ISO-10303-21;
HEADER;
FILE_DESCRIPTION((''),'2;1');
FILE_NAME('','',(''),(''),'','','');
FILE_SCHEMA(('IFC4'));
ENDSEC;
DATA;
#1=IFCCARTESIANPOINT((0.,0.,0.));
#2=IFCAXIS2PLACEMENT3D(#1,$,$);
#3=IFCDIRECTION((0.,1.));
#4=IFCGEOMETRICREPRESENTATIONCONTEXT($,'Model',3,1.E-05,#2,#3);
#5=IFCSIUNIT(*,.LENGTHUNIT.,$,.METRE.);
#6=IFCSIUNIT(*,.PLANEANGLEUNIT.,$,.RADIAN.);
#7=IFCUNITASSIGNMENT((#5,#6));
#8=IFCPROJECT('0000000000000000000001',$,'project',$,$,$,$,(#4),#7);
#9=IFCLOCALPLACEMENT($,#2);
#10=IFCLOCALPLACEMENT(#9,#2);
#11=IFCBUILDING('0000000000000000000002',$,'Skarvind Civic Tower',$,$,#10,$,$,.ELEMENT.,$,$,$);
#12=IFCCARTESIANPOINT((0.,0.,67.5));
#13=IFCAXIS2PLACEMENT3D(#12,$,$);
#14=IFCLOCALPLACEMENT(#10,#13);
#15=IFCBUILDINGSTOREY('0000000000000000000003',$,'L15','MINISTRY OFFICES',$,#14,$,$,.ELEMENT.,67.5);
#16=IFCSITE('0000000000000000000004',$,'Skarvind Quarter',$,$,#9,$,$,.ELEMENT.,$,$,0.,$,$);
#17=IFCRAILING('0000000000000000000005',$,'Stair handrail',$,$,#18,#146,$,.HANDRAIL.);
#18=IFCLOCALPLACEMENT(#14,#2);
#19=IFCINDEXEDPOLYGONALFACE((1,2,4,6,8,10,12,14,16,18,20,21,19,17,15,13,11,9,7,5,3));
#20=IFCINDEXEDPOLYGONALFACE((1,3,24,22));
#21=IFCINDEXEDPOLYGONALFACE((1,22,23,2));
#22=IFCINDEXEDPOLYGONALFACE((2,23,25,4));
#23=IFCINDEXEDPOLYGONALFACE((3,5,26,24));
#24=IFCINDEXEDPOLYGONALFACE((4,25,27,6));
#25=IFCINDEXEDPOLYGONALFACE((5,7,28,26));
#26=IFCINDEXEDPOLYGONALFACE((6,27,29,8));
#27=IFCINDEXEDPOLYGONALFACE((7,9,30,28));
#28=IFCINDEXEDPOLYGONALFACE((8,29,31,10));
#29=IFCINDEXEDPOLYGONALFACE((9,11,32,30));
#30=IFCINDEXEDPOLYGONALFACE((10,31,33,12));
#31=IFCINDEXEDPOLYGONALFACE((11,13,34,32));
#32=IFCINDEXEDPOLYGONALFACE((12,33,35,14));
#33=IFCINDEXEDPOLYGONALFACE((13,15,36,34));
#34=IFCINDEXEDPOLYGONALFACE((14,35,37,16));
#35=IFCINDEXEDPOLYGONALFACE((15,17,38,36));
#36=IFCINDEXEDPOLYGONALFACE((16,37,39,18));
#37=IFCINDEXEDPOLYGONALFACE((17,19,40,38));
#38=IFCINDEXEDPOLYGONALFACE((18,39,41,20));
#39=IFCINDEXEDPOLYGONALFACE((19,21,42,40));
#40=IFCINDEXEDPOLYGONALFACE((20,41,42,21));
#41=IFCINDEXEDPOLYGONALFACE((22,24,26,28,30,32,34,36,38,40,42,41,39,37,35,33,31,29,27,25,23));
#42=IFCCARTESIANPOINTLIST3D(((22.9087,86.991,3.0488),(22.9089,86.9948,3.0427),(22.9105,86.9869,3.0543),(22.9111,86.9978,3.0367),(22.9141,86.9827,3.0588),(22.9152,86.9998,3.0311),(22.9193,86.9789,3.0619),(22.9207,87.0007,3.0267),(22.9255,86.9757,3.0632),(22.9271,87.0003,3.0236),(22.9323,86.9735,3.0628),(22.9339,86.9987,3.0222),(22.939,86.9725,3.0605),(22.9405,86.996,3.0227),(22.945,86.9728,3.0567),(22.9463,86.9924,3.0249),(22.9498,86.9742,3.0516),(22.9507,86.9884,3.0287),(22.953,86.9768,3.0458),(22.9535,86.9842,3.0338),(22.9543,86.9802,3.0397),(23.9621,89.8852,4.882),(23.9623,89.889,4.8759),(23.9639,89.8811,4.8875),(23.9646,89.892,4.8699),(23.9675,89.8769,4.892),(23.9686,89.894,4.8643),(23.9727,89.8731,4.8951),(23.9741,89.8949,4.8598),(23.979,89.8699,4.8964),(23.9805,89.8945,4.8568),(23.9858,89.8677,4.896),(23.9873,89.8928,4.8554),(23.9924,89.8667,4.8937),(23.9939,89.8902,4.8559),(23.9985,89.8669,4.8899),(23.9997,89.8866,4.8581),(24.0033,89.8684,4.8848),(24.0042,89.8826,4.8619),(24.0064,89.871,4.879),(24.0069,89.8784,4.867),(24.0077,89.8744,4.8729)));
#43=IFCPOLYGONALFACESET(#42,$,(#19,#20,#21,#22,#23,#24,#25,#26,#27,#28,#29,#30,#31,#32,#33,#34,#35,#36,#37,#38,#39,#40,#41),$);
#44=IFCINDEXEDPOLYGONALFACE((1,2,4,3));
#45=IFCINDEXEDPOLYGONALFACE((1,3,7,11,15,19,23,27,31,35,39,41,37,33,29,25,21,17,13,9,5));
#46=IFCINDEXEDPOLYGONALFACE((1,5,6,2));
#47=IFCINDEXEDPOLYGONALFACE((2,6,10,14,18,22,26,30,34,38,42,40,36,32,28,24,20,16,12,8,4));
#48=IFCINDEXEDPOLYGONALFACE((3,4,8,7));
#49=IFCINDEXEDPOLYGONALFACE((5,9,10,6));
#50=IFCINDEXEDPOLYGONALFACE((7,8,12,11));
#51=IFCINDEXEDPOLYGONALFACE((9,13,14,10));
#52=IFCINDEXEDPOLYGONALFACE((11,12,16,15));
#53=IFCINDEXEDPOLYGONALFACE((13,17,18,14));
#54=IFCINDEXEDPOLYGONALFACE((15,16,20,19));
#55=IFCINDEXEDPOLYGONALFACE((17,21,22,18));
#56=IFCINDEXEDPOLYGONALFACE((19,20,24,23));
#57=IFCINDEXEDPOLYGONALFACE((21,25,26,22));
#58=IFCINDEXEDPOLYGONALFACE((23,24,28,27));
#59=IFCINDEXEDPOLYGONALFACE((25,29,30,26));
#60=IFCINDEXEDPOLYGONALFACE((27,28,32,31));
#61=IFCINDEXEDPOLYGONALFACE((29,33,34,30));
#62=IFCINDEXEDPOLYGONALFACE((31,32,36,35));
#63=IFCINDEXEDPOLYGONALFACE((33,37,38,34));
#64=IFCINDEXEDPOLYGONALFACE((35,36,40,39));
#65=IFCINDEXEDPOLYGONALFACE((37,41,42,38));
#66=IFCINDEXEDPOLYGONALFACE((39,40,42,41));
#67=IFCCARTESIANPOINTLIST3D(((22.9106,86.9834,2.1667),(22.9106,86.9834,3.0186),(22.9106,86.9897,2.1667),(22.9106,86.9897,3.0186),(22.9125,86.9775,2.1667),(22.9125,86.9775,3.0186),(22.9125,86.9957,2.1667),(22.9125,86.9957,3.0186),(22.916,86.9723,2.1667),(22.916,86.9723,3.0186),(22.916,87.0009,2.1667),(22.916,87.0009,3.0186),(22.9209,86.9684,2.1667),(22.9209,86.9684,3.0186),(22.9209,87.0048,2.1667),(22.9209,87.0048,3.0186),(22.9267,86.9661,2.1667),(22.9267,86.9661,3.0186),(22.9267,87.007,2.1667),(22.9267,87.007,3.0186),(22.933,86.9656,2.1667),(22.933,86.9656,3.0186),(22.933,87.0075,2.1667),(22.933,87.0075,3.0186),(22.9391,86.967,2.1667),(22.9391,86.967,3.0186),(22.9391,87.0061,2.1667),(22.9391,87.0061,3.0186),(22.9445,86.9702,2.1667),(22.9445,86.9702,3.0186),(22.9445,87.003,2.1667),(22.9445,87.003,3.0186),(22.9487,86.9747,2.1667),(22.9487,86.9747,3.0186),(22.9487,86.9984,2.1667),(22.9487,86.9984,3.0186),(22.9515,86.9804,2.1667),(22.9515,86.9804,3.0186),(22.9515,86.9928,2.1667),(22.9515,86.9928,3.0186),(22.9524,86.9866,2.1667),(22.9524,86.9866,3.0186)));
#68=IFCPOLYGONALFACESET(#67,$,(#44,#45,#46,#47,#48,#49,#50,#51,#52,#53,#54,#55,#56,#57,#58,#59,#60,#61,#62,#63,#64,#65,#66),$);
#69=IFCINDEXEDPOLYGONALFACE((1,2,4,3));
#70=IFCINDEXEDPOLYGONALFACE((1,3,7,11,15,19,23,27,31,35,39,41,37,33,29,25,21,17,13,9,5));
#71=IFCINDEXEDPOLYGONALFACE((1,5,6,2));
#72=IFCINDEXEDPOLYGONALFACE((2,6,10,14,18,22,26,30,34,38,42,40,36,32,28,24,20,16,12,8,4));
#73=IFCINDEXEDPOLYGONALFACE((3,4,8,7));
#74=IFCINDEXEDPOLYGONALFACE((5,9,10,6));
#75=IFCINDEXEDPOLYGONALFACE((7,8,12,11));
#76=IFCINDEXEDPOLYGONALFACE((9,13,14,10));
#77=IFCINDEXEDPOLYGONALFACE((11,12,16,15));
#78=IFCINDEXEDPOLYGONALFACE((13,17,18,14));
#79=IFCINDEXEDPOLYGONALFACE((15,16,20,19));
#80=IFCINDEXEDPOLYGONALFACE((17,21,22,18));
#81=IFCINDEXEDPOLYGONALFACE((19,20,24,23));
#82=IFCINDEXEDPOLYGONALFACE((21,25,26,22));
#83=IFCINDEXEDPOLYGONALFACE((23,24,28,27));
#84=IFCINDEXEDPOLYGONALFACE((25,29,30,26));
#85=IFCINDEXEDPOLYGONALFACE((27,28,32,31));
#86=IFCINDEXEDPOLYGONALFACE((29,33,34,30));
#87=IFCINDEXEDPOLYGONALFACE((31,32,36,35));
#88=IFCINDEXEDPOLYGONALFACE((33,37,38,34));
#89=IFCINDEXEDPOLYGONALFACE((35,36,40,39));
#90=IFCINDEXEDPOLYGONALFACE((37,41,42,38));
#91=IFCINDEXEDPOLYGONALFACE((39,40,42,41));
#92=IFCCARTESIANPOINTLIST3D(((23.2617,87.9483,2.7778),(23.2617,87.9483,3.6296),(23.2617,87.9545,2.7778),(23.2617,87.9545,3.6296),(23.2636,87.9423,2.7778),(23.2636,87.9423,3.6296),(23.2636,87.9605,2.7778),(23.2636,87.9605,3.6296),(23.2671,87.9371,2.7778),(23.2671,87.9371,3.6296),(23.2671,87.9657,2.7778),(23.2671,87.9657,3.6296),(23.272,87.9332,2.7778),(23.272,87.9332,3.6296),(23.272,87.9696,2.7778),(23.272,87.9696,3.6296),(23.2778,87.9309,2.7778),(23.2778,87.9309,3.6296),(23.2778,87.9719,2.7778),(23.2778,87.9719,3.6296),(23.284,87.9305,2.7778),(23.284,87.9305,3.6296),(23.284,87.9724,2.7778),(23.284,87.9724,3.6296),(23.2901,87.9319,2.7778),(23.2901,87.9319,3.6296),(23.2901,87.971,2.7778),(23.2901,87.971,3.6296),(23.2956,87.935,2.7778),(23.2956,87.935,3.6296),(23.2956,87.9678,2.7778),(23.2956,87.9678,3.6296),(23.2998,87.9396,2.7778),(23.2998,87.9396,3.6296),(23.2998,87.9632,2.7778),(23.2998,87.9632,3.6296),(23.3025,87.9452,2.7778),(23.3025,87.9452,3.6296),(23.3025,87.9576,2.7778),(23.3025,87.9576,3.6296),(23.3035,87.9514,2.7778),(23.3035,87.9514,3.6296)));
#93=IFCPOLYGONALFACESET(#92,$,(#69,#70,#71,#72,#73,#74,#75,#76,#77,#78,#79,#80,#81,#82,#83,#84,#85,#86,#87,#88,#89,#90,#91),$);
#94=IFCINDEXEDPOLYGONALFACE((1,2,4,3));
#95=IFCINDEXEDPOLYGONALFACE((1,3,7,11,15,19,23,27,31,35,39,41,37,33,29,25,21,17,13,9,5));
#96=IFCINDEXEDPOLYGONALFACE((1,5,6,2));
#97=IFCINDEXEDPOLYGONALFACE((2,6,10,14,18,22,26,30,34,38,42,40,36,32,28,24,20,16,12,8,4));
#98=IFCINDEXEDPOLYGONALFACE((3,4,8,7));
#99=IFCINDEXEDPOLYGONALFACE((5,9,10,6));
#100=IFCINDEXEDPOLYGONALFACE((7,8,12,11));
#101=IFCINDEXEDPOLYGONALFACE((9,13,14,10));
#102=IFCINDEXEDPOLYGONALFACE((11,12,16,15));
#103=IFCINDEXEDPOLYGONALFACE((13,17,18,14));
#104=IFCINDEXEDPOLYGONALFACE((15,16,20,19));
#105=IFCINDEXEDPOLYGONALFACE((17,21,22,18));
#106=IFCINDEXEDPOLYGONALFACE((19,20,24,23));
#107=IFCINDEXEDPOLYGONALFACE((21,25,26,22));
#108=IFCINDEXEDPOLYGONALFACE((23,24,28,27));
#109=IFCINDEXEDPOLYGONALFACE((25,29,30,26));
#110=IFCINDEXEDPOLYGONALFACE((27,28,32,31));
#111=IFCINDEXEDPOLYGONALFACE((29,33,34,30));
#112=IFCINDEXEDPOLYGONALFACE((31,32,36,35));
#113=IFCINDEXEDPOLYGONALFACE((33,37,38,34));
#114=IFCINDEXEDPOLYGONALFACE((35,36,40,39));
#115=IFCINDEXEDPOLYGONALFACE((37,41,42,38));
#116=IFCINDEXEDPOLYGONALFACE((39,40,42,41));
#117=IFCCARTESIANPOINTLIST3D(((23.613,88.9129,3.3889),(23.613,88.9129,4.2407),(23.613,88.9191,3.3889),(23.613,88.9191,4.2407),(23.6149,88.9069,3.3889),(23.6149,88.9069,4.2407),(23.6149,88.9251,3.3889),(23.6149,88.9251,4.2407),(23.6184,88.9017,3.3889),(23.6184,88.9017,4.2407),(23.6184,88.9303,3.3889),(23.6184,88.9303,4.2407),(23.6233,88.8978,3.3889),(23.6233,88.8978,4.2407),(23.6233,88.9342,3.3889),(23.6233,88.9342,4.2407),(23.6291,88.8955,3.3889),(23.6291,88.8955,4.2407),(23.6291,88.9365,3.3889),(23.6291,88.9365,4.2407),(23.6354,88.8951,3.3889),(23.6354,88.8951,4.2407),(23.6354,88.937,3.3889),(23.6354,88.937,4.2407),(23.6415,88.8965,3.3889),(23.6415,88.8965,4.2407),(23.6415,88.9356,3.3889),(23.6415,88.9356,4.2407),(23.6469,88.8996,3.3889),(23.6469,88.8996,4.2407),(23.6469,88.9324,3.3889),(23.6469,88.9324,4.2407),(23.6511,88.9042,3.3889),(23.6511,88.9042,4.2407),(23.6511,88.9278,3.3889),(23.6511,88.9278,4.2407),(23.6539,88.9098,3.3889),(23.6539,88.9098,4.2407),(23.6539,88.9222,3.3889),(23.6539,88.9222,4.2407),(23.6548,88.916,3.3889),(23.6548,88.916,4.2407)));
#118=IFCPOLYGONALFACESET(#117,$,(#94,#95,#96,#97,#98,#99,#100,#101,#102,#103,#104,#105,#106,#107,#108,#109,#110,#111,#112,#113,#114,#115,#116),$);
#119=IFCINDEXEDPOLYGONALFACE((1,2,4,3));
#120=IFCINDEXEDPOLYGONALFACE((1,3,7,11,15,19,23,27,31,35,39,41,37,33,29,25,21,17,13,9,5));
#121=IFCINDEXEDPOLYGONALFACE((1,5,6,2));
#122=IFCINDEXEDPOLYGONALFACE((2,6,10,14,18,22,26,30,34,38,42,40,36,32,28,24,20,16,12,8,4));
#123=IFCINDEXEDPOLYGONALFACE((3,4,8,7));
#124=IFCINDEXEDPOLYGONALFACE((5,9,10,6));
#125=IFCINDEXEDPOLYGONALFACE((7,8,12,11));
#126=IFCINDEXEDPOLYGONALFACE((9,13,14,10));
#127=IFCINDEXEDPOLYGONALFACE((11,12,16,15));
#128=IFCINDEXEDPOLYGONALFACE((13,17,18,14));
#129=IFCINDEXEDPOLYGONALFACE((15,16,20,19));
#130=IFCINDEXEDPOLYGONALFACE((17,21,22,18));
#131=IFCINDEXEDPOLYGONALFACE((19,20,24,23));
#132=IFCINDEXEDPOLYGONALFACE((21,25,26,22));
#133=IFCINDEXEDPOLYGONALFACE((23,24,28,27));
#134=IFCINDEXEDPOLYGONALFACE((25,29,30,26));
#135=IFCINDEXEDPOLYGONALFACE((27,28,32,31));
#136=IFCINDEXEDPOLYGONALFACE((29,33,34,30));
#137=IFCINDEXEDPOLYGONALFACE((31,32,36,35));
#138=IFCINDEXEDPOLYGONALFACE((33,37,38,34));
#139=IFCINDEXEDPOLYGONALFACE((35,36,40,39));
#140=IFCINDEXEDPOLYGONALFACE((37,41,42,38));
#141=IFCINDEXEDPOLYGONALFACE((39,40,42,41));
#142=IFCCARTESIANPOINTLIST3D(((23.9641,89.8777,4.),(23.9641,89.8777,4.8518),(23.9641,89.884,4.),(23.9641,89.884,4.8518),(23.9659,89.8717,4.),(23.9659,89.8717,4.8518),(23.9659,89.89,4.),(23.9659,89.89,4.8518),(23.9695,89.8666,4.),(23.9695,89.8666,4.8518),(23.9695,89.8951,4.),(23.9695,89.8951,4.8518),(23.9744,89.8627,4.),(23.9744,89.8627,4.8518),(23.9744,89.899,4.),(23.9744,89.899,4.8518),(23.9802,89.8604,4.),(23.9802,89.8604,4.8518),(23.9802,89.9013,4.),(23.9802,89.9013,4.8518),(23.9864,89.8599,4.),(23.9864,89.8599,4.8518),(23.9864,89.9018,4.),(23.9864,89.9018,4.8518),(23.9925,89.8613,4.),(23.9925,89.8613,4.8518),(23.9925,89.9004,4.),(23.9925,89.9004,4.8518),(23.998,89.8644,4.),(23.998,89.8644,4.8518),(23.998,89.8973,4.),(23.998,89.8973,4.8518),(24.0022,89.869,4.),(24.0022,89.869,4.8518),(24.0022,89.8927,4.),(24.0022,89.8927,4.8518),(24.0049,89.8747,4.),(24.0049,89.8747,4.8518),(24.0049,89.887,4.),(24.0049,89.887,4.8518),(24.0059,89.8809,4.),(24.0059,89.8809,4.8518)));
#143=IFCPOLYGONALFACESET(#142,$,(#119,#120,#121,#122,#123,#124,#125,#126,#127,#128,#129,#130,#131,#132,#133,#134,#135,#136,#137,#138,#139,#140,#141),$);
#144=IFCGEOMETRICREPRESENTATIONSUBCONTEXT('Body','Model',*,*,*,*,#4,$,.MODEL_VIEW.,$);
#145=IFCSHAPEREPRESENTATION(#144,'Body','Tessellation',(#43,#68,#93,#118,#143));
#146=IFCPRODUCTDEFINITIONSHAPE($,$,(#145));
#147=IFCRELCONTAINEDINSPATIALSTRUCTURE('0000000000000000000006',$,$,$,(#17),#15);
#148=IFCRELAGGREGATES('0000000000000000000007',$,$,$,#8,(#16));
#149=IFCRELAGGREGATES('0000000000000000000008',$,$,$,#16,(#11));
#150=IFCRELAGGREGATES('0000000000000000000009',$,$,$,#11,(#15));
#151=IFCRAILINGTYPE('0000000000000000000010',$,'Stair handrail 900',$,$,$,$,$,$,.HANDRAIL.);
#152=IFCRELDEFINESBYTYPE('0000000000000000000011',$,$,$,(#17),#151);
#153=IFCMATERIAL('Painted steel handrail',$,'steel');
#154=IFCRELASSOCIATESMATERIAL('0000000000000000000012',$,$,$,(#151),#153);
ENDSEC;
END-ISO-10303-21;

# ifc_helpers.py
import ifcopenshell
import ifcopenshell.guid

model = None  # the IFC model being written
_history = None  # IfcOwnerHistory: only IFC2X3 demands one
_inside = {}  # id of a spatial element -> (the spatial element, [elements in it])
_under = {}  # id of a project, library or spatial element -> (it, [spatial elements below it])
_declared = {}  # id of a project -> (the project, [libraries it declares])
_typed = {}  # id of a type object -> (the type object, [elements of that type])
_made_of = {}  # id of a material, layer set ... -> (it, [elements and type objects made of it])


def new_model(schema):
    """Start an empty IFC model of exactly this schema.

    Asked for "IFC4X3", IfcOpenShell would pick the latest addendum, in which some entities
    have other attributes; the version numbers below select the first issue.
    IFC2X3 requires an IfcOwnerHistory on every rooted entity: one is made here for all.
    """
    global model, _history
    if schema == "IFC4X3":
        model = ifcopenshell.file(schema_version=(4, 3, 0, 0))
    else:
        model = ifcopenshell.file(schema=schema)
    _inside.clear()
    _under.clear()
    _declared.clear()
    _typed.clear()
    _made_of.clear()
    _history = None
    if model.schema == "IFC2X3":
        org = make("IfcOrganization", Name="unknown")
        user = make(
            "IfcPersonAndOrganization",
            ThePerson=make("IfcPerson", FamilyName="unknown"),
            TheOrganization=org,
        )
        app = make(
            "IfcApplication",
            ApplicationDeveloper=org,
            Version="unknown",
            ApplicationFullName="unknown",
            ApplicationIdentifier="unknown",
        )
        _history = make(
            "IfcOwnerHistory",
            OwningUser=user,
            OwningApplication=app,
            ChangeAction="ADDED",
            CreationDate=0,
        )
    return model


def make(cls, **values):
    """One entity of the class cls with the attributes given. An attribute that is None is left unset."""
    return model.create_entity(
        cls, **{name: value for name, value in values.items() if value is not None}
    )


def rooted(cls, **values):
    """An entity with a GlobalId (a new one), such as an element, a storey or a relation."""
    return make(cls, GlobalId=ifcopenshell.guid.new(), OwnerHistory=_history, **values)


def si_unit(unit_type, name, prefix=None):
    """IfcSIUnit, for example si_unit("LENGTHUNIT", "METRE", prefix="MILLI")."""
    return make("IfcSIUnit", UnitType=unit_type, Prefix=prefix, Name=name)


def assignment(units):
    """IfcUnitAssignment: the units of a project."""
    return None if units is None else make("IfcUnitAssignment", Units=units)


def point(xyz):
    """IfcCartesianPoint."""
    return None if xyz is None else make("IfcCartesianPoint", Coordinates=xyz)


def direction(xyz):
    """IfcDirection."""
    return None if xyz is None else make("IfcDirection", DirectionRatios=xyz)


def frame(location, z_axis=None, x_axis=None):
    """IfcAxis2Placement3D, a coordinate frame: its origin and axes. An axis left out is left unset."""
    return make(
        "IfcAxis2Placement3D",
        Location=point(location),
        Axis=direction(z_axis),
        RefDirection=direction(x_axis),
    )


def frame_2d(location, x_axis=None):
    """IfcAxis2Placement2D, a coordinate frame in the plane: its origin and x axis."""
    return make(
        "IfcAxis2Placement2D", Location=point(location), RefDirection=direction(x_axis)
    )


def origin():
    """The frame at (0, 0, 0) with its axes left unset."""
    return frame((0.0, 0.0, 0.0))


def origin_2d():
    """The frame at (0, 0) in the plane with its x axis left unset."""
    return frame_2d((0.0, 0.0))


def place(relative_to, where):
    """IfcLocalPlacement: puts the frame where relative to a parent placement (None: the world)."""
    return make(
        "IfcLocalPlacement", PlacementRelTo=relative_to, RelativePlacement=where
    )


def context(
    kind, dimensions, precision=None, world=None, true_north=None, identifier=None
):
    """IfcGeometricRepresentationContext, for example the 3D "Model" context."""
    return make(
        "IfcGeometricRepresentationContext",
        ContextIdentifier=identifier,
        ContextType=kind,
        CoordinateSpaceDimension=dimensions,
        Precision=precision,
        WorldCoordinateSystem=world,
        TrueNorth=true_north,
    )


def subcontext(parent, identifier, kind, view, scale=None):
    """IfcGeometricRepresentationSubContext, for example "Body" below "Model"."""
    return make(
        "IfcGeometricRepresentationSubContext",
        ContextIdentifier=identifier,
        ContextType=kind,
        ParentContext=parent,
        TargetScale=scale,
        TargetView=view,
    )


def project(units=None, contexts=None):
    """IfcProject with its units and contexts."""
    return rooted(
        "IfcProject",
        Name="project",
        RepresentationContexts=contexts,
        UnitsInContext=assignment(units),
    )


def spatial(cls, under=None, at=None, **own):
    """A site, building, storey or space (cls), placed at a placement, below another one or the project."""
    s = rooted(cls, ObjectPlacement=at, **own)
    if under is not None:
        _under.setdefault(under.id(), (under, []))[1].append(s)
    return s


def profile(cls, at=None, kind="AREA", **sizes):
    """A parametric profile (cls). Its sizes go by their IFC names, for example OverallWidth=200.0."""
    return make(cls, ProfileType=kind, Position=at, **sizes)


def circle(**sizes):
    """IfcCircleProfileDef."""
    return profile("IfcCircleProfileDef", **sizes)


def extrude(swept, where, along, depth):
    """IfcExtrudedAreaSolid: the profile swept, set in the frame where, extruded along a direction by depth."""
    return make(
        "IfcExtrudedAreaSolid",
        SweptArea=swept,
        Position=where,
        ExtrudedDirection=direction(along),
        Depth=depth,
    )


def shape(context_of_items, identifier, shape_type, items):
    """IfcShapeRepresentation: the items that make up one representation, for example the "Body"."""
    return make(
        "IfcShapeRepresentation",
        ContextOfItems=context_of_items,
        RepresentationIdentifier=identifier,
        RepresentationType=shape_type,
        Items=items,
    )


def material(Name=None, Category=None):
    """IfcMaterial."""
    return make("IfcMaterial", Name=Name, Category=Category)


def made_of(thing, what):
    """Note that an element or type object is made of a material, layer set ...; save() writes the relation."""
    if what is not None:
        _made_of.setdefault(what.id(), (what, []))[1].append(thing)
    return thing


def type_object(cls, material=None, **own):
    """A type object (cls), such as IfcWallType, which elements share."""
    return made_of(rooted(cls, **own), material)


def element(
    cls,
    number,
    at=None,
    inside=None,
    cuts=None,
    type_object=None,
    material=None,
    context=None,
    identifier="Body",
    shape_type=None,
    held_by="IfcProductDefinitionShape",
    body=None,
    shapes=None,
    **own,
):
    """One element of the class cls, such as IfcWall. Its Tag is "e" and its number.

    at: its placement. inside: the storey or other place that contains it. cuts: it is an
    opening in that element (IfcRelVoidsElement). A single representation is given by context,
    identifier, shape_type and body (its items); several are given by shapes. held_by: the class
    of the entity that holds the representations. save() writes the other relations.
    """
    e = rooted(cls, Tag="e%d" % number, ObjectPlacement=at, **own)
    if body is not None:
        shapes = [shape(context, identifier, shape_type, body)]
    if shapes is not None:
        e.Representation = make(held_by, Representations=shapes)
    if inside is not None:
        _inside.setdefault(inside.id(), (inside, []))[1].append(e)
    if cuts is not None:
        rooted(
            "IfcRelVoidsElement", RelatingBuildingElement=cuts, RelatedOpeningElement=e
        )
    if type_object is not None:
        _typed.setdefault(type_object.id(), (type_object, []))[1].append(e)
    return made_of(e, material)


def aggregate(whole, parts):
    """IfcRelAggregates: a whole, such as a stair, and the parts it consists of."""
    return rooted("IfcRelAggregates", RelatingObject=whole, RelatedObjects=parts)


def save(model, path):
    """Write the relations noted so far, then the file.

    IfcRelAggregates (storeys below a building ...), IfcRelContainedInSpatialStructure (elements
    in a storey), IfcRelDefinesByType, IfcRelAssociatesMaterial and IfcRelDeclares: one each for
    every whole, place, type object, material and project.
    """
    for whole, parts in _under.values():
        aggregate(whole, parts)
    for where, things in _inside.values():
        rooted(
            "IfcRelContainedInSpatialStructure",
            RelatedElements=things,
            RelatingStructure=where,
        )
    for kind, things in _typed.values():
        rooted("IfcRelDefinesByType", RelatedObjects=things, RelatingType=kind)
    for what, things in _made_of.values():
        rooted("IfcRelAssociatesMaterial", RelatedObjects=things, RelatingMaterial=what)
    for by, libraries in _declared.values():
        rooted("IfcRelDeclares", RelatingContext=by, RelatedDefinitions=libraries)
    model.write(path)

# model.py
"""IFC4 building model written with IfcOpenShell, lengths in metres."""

from ifc_helpers import new_model, si_unit, direction, frame, origin, origin_2d, place, context, subcontext, project, spatial, circle, extrude, material, type_object, element, save


model = new_model("IFC4")

# Units and contexts
model_context = context("Model", 3, precision=1e-05, world=origin(), true_north=direction((0.0, 1.0)))
body_context = subcontext(model_context, "Body", "Model", "MODEL_VIEW")
ifc_project = project(units=[si_unit("LENGTHUNIT", "METRE"), si_unit("PLANEANGLEUNIT", "RADIAN")], contexts=[model_context])

# Site, building, storey
site_placement = place(None, origin())
site = spatial("IfcSite", under=ifc_project, at=site_placement, Name="Skarvind Quarter", CompositionType="ELEMENT", RefElevation=0.0)
building_placement = place(site_placement, origin())
building = spatial("IfcBuilding", under=site, at=building_placement, Name="Skarvind Civic Tower", CompositionType="ELEMENT")
storey_placement = place(building_placement, frame((0.0, 0.0, 67.5)))
storey = spatial("IfcBuildingStorey", under=building, at=storey_placement, Name="L15", Description="MINISTRY OFFICES", CompositionType="ELEMENT", Elevation=67.5)

# Railing
ifc_material_1 = material(Name="Painted steel handrail", Category="steel")
railing_type = type_object("IfcRailingType", Name="Stair handrail 900", PredefinedType="HANDRAIL", material=ifc_material_1)
railing_1_placement = place(storey_placement, frame((22.9314, 86.9866, 2.1667)))
element("IfcRailing", 1, at=railing_1_placement, inside=storey, type_object=railing_type, Name="Stair handrail", PredefinedType="HANDRAIL", context=body_context, shape_type="SweptSolid", body=[
    extrude(circle(Radius=0.0239, at=origin_2d()), frame((0.0, 0.0, 0.876), z_axis=(0.293908, 0.807481, 0.511461), x_axis=(-0.939689, 0.342029, 0.0)), (0.0, 0.0, 1.0), 3.5842),
    extrude(circle(Radius=0.021, at=origin_2d()), origin(), (0.0, 0.0, 1.0), 0.8518),
    extrude(circle(Radius=0.021, at=origin_2d()), frame((0.3511, 0.9648, 0.6111)), (0.0, 0.0, 1.0), 0.8518),
    extrude(circle(Radius=0.021, at=origin_2d()), frame((0.7024, 1.9294, 1.2222)), (0.0, 0.0, 1.0), 0.8518),
    extrude(circle(Radius=0.021, at=origin_2d()), frame((1.0535, 2.8943, 1.8333)), (0.0, 0.0, 1.0), 0.8518),
])

save(model, "model.ifc")
